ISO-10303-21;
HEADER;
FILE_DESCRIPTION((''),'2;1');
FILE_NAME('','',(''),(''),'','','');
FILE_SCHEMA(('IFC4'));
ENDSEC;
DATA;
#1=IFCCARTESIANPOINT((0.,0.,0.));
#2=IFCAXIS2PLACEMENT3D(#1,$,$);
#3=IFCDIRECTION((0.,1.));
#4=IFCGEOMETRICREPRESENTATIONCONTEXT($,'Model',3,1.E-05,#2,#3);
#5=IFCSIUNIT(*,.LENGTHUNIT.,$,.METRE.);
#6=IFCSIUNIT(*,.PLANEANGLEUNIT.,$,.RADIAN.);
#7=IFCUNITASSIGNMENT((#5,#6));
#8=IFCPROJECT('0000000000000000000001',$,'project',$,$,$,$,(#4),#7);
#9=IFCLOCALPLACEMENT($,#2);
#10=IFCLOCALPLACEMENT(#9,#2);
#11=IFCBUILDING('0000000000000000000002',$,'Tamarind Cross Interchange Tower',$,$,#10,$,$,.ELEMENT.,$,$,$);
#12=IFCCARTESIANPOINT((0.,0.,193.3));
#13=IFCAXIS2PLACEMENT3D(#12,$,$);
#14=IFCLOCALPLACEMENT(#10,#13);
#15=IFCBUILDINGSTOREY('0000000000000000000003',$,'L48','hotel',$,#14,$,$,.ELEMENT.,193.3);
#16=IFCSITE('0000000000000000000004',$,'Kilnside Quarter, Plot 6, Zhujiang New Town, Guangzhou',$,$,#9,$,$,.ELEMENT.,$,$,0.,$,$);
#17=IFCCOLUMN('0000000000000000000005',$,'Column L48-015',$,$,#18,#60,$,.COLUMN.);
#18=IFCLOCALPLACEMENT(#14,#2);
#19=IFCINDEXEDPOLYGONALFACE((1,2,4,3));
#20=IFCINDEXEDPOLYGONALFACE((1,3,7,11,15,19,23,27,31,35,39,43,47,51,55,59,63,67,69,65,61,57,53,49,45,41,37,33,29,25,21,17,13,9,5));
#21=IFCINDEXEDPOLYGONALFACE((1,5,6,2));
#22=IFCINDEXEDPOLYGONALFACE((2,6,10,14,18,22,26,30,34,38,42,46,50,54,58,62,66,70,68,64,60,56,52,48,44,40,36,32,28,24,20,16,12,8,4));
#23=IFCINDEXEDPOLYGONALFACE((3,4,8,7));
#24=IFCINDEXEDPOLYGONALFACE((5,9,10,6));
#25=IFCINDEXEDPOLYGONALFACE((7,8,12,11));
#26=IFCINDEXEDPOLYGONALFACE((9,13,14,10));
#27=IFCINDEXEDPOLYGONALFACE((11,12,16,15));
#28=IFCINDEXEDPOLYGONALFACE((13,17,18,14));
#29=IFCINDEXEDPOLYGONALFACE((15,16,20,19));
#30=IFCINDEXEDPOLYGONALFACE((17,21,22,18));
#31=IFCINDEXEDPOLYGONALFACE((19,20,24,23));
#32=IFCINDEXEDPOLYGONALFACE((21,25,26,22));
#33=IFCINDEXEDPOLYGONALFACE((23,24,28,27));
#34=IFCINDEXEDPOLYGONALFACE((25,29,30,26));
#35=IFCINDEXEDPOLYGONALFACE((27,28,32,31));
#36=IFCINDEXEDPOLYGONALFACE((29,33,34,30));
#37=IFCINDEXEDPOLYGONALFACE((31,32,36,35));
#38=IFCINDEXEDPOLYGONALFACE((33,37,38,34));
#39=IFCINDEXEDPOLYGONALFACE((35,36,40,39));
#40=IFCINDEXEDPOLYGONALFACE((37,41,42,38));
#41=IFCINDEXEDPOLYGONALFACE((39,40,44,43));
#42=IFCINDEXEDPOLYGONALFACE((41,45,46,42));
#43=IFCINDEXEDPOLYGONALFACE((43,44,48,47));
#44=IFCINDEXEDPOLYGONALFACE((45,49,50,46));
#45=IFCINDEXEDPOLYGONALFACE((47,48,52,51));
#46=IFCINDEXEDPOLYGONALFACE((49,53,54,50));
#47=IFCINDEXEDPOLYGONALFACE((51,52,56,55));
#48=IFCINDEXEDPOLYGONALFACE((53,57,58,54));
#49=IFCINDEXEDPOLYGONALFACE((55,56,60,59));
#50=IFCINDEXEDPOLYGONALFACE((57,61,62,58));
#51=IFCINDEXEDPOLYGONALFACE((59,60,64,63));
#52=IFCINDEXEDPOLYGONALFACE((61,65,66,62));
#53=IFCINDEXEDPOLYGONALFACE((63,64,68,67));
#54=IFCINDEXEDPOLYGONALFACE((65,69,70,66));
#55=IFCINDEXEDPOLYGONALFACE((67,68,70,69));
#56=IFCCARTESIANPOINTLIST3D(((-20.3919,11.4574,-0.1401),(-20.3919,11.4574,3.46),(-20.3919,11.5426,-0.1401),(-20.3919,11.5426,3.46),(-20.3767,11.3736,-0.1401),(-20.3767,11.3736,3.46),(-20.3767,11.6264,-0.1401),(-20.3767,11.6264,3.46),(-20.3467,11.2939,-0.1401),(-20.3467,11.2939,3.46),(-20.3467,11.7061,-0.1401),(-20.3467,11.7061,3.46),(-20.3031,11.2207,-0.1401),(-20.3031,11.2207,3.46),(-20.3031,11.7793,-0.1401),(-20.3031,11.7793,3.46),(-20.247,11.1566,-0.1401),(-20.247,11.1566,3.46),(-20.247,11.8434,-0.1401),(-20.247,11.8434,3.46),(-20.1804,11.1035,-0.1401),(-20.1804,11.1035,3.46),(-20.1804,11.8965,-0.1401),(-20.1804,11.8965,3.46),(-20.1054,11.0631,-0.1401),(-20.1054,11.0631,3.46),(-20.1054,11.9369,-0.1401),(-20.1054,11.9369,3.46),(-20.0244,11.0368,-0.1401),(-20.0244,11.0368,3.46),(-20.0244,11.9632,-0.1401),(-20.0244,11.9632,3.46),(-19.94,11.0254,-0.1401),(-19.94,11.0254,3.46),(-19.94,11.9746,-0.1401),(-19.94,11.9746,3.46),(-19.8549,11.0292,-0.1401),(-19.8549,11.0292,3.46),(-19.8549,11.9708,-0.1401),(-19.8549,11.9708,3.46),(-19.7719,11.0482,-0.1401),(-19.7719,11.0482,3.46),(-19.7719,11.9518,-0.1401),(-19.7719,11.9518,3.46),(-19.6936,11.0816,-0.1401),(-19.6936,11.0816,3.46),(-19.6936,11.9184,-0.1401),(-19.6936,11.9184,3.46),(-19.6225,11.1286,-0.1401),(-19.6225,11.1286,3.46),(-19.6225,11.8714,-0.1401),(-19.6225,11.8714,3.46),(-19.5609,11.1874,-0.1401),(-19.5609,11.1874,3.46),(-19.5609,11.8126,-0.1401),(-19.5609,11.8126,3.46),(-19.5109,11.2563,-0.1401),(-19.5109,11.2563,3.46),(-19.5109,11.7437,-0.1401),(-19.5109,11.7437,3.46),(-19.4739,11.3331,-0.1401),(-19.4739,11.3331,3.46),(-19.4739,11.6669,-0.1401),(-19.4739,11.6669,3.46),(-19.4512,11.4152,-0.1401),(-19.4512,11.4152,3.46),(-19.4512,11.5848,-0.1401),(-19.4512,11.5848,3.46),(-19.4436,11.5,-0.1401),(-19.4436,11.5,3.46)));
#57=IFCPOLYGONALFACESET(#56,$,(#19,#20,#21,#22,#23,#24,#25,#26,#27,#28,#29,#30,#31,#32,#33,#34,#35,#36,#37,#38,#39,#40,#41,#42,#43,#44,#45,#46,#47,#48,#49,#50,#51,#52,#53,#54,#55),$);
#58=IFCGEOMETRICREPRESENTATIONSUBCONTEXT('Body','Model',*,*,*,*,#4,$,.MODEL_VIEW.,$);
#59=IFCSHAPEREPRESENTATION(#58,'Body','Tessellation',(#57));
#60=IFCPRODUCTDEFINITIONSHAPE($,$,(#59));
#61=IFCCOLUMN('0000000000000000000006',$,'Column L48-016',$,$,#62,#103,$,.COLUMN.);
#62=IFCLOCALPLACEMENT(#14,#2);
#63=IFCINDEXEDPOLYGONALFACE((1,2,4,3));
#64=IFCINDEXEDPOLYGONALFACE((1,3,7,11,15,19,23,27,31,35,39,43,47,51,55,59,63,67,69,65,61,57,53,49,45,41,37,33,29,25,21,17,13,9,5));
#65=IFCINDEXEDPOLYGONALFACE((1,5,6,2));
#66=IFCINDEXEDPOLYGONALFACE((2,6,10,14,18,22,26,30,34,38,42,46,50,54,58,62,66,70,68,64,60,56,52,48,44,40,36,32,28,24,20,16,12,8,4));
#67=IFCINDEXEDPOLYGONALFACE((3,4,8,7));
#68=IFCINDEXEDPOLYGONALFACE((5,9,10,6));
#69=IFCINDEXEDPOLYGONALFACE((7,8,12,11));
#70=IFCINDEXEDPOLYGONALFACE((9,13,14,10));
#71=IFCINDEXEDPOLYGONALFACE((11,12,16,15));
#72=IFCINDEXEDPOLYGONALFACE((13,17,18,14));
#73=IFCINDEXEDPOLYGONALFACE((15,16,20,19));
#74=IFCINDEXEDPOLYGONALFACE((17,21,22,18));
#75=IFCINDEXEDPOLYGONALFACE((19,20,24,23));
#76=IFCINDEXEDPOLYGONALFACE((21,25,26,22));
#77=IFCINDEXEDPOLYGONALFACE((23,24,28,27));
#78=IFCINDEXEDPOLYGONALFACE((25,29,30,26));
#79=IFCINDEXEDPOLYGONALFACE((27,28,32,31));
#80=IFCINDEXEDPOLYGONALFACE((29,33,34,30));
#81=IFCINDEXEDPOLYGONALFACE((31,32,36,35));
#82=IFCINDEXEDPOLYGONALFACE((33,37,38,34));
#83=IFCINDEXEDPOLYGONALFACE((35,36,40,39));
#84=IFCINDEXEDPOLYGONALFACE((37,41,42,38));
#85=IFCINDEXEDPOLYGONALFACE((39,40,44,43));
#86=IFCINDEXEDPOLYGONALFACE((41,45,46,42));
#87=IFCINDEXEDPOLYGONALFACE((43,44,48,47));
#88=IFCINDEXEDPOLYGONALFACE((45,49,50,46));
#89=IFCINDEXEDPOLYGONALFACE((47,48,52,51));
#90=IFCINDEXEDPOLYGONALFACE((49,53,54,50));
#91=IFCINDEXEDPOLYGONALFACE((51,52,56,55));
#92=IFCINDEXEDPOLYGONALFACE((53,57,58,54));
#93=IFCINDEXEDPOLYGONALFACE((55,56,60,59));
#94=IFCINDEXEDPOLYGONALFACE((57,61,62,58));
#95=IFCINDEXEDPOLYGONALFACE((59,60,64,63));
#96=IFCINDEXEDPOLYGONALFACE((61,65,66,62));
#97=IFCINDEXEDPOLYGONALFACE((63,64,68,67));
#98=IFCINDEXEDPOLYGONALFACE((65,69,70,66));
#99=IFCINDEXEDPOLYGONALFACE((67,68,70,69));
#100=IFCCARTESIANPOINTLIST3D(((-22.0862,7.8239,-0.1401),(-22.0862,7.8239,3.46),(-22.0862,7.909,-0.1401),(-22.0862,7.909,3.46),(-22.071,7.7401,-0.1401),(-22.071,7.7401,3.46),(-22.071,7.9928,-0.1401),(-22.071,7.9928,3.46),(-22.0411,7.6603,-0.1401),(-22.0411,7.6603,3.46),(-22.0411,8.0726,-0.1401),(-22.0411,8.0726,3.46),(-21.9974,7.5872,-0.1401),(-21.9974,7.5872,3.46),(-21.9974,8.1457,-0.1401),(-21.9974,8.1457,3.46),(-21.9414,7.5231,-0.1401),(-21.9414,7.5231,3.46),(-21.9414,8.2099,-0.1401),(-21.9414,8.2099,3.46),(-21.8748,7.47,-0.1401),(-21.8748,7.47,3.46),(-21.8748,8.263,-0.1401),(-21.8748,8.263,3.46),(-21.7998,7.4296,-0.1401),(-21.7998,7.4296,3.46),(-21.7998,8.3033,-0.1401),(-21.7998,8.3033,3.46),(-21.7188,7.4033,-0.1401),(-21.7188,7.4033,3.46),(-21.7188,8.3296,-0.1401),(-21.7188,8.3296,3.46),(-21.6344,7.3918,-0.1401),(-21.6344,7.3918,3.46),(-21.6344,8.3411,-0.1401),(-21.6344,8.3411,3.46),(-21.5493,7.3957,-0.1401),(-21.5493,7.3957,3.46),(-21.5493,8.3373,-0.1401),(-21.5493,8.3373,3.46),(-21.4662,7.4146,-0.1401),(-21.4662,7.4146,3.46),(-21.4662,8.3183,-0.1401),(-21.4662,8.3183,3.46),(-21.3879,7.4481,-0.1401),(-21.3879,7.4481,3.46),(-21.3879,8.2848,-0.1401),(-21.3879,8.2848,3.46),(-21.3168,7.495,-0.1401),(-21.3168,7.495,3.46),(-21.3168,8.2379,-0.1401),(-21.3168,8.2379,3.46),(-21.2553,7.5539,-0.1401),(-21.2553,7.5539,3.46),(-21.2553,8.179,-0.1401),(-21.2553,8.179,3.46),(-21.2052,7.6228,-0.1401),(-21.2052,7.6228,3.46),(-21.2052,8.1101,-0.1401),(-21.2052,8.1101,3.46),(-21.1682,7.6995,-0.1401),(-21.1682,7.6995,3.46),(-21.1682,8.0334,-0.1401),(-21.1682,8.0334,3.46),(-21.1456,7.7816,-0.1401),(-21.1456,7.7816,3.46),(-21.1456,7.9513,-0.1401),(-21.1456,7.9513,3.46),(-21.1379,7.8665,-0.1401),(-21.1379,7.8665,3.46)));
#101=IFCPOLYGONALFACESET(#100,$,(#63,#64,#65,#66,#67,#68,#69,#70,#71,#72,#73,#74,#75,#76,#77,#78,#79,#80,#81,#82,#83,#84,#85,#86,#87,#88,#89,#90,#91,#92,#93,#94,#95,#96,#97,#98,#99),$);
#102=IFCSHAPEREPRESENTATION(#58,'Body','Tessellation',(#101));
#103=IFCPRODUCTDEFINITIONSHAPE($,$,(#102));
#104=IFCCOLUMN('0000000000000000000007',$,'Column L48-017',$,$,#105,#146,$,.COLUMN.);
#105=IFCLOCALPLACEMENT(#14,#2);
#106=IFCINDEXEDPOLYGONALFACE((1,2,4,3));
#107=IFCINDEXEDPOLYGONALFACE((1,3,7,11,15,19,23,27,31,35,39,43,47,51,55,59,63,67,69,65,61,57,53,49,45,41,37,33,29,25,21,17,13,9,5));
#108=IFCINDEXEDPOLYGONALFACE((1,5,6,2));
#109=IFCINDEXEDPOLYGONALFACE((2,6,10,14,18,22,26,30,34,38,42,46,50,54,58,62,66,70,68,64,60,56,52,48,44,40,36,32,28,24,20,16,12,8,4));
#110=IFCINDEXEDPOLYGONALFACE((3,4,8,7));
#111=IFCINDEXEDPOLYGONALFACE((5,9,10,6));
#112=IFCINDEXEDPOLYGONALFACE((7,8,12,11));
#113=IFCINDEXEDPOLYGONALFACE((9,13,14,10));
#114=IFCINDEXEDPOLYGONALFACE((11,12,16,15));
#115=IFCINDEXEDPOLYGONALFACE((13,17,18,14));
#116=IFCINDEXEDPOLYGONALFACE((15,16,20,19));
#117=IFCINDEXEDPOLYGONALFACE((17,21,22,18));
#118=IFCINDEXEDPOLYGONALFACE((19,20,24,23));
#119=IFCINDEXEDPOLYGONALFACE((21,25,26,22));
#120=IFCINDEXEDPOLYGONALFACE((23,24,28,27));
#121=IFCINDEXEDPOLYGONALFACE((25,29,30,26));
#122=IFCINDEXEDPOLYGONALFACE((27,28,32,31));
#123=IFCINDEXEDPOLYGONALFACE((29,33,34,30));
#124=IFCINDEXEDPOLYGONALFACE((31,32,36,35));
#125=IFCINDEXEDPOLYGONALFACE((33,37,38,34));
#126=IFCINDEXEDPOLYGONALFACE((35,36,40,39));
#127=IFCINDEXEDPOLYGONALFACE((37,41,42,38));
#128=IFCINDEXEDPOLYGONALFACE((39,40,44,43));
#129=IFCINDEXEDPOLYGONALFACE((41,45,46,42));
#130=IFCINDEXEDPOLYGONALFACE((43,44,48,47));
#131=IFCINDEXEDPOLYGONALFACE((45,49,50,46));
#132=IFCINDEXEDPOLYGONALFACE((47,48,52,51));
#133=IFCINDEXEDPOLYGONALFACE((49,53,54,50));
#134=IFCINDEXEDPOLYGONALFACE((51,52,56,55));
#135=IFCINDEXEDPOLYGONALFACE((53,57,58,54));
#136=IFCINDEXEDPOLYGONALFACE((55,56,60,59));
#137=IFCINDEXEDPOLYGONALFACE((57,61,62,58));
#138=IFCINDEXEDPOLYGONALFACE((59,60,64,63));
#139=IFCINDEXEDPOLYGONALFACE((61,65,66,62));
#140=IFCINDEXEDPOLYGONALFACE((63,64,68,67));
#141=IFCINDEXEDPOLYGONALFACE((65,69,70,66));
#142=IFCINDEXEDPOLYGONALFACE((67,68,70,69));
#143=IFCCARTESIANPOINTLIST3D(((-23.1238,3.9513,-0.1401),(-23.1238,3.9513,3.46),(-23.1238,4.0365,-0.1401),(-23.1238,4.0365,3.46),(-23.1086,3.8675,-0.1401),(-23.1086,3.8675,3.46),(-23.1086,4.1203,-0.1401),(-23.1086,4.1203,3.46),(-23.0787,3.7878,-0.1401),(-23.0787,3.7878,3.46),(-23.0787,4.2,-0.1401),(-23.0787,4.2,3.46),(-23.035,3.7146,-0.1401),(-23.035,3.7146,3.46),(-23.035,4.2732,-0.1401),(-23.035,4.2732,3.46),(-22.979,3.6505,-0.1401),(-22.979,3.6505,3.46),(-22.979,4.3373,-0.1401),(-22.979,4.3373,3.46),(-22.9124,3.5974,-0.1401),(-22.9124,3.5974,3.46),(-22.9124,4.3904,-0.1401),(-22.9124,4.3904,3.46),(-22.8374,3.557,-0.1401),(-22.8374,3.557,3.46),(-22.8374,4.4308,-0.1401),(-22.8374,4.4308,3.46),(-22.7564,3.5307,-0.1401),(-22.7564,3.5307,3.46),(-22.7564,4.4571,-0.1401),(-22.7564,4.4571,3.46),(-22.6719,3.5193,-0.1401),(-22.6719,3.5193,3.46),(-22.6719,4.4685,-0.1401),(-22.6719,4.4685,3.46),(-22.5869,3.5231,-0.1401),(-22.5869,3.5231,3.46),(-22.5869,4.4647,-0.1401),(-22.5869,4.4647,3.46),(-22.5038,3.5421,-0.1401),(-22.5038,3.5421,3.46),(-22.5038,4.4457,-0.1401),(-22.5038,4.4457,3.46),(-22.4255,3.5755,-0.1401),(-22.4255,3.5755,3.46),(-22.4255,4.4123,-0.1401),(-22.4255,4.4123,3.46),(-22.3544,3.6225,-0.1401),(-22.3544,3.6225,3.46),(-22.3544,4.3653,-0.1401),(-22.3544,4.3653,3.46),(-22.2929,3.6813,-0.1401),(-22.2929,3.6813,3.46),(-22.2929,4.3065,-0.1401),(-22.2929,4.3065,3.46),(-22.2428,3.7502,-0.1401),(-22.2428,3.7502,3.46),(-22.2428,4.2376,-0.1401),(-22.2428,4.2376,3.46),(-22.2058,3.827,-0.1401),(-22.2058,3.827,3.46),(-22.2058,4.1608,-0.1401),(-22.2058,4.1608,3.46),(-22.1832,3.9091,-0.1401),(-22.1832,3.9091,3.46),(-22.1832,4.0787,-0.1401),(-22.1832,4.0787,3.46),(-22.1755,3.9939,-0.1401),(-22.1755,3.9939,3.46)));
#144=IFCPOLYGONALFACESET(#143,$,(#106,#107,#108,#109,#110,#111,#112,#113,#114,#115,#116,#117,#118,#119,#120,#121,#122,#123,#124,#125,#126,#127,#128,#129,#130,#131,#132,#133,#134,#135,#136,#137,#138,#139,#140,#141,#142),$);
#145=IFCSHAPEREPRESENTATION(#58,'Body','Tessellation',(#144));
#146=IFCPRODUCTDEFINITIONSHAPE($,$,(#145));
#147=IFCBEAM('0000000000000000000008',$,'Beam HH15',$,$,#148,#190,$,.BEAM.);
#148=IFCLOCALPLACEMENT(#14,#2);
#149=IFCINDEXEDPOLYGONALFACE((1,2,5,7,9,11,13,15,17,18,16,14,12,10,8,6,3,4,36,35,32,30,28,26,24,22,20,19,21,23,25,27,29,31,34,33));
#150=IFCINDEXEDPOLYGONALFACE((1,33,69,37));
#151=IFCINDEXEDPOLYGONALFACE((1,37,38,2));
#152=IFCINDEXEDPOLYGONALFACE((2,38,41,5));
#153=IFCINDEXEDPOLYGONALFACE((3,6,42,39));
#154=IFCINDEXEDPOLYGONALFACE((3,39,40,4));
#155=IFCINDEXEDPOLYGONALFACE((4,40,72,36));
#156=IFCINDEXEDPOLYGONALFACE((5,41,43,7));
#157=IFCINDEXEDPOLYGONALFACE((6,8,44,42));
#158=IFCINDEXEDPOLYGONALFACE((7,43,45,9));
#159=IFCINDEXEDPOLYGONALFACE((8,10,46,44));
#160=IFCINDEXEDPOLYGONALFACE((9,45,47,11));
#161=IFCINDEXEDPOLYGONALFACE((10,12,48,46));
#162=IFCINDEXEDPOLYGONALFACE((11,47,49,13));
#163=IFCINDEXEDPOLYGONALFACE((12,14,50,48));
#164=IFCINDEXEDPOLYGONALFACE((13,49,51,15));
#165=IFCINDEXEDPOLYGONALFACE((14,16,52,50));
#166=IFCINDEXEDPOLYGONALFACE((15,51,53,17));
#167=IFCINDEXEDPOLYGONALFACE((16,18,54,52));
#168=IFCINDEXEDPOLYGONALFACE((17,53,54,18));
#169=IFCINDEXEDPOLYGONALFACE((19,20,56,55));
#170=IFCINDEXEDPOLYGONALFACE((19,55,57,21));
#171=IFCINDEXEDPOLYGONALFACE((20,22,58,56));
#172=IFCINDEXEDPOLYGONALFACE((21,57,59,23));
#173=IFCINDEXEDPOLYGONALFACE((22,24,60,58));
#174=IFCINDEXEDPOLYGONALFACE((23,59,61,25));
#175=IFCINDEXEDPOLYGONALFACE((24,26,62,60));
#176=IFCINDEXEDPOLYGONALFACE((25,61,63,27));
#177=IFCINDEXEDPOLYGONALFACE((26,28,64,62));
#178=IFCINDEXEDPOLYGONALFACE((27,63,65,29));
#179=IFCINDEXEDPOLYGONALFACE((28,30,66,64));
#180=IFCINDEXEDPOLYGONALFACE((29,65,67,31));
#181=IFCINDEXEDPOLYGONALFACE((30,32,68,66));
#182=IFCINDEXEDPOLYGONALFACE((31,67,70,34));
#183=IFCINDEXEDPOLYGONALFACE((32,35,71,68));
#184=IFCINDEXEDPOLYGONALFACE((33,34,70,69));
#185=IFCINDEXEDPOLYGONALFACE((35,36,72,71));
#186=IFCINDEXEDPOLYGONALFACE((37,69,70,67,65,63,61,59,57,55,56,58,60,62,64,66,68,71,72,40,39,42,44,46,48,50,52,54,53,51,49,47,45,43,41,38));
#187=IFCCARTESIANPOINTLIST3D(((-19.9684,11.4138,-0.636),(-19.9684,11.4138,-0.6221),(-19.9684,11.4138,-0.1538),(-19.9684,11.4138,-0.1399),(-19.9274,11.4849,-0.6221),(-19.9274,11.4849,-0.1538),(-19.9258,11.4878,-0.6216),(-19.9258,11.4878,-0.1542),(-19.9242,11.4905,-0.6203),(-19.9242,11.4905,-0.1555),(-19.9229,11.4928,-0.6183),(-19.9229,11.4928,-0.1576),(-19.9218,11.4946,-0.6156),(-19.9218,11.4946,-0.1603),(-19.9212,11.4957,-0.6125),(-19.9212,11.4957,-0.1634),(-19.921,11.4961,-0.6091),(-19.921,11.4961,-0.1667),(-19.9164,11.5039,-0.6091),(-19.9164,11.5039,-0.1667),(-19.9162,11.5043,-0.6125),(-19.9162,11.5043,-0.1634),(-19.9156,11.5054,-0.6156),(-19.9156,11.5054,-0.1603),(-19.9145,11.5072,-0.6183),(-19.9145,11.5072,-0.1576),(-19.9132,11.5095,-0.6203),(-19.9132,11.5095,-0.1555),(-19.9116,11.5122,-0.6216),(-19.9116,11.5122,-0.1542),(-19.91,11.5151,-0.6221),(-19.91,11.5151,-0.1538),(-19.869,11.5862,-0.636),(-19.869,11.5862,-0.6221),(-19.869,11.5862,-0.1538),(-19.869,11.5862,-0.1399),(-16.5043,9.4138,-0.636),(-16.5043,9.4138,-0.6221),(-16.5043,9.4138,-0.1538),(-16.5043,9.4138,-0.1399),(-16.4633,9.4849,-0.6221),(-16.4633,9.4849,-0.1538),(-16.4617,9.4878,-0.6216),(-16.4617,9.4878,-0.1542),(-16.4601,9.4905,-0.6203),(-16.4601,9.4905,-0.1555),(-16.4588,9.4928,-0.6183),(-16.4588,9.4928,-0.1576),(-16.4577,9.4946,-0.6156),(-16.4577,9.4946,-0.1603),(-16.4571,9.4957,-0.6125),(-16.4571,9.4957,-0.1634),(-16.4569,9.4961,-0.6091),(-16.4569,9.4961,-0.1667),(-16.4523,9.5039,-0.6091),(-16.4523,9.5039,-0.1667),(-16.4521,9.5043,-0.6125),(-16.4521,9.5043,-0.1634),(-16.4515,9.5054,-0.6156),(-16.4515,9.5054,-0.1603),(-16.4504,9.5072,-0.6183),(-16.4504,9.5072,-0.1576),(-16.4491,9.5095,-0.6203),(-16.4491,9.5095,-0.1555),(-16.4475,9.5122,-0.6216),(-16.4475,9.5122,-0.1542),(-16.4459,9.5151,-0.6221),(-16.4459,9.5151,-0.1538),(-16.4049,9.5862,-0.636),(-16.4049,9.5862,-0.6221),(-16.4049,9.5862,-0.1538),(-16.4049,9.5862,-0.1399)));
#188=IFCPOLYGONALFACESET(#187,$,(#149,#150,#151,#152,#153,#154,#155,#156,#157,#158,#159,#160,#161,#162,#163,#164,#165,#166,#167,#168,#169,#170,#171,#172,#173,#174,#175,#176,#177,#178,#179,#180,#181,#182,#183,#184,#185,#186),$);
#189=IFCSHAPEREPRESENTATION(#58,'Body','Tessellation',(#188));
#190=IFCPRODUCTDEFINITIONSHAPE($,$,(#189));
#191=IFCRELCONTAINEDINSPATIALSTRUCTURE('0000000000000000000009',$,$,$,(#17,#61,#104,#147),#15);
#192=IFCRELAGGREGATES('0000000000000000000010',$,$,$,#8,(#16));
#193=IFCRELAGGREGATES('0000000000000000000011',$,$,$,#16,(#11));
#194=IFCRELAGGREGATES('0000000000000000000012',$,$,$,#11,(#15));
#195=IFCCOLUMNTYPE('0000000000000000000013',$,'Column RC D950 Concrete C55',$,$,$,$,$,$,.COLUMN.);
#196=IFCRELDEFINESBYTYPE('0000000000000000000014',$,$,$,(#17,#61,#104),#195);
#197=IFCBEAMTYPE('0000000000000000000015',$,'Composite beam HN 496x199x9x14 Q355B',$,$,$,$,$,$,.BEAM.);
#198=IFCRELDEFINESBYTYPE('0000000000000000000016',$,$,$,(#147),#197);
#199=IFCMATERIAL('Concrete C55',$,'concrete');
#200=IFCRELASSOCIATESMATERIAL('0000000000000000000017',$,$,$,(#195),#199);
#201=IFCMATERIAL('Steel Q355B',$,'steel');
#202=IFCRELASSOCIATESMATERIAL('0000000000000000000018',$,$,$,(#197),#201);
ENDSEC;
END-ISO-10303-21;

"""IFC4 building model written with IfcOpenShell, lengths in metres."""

from ifc_helpers import new_model, si_unit, direction, frame, origin, origin_2d, place, context, subcontext, project, spatial, circle, i_section, extrude, material, material_profile, profile_set, type_object, element, save


model = new_model("IFC4")

# Units and contexts
model_context = context("Model", 3, precision=1e-05, world=origin(), true_north=direction((0.0, 1.0)))
body_context = subcontext(model_context, "Body", "Model", "MODEL_VIEW")
ifc_project = project(units=[si_unit("LENGTHUNIT", "METRE"), si_unit("PLANEANGLEUNIT", "RADIAN")], contexts=[model_context])

# Site, building, storey
site_placement = place(None, origin())
site = spatial("IfcSite", under=ifc_project, at=site_placement, Name="Kilnside Quarter, Plot 6, Zhujiang New Town, Guangzhou", CompositionType="ELEMENT", RefElevation=0.0)
building_placement = place(site_placement, origin())
building = spatial("IfcBuilding", under=site, at=building_placement, Name="Tamarind Cross Interchange Tower", CompositionType="ELEMENT")
storey_placement = place(building_placement, frame((0.0, 0.0, 193.3)))
storey = spatial("IfcBuildingStorey", under=building, at=storey_placement, Name="L48", Description="hotel", CompositionType="ELEMENT", Elevation=193.3)

# Columns
ifc_material_1 = material(Name="Concrete C55", Category="concrete")
ifc_material_profile_1 = material_profile(ifc_material_1, circle(Radius=0.4751, at=origin_2d()), Name="RC D950")
ifc_profile_set_1 = profile_set([ifc_material_profile_1], Name="Concrete C55")
column_type = type_object("IfcColumnType", Name="Column RC D950 Concrete C55", PredefinedType="COLUMN", material=ifc_profile_set_1)
for number, where, z_axis, x_axis, name in (
    (1, (-19.9187, 11.5, -0.1401), (0.0, 0.0, 1.0), (1.0, 0.0, 0.0), "Column L48-015"),
    (2, (-21.613, 7.8665, -0.1401), (0.0, 0.0, 1.0), (1.0, 0.0, 0.0), "Column L48-016"),
    (3, (-22.6506, 3.9939, -0.1401), (0.0, 0.0, 1.0), (1.0, 0.0, 0.0), "Column L48-017"),
):
    element("IfcColumn", number, at=place(storey_placement, frame(where, z_axis=z_axis, x_axis=x_axis)), inside=storey, type_object=column_type, Name=name, PredefinedType="COLUMN", context=body_context, shape_type="SweptSolid", body=[
        extrude(circle(Radius=0.4751, at=origin_2d()), origin(), (0.0, 0.0, 1.0), 3.6001),
    ])

# Beam
ifc_material_2 = material(Name="Steel Q355B", Category="steel")
ifc_material_profile_2 = material_profile(ifc_material_2, i_section(OverallWidth=0.199, OverallDepth=0.4961, WebThickness=0.009, FlangeThickness=0.0139, FilletRadius=0.0129, at=origin_2d()), Name="HN 496x199x9x14")
ifc_profile_set_2 = profile_set([ifc_material_profile_2], Name="Steel Q355B")
beam_type = type_object("IfcBeamType", Name="Composite beam HN 496x199x9x14 Q355B", PredefinedType="BEAM", material=ifc_profile_set_2)
beam_1_placement = place(storey_placement, frame((-19.9187, 11.5, -0.3879), z_axis=(0.866026, -0.499999, 0.0), x_axis=(0.499999, 0.866026, 0.0)))
element("IfcBeam", 4, at=beam_1_placement, inside=storey, type_object=beam_type, Name="Beam HH15", PredefinedType="BEAM", context=body_context, shape_type="SweptSolid", body=[
    extrude(i_section(OverallWidth=0.199, OverallDepth=0.4961, WebThickness=0.009, FlangeThickness=0.0139, FilletRadius=0.0129, at=origin_2d()), origin(), (0.0, 0.0, 1.0), 4.0),
])

save(model, "model.ifc")
